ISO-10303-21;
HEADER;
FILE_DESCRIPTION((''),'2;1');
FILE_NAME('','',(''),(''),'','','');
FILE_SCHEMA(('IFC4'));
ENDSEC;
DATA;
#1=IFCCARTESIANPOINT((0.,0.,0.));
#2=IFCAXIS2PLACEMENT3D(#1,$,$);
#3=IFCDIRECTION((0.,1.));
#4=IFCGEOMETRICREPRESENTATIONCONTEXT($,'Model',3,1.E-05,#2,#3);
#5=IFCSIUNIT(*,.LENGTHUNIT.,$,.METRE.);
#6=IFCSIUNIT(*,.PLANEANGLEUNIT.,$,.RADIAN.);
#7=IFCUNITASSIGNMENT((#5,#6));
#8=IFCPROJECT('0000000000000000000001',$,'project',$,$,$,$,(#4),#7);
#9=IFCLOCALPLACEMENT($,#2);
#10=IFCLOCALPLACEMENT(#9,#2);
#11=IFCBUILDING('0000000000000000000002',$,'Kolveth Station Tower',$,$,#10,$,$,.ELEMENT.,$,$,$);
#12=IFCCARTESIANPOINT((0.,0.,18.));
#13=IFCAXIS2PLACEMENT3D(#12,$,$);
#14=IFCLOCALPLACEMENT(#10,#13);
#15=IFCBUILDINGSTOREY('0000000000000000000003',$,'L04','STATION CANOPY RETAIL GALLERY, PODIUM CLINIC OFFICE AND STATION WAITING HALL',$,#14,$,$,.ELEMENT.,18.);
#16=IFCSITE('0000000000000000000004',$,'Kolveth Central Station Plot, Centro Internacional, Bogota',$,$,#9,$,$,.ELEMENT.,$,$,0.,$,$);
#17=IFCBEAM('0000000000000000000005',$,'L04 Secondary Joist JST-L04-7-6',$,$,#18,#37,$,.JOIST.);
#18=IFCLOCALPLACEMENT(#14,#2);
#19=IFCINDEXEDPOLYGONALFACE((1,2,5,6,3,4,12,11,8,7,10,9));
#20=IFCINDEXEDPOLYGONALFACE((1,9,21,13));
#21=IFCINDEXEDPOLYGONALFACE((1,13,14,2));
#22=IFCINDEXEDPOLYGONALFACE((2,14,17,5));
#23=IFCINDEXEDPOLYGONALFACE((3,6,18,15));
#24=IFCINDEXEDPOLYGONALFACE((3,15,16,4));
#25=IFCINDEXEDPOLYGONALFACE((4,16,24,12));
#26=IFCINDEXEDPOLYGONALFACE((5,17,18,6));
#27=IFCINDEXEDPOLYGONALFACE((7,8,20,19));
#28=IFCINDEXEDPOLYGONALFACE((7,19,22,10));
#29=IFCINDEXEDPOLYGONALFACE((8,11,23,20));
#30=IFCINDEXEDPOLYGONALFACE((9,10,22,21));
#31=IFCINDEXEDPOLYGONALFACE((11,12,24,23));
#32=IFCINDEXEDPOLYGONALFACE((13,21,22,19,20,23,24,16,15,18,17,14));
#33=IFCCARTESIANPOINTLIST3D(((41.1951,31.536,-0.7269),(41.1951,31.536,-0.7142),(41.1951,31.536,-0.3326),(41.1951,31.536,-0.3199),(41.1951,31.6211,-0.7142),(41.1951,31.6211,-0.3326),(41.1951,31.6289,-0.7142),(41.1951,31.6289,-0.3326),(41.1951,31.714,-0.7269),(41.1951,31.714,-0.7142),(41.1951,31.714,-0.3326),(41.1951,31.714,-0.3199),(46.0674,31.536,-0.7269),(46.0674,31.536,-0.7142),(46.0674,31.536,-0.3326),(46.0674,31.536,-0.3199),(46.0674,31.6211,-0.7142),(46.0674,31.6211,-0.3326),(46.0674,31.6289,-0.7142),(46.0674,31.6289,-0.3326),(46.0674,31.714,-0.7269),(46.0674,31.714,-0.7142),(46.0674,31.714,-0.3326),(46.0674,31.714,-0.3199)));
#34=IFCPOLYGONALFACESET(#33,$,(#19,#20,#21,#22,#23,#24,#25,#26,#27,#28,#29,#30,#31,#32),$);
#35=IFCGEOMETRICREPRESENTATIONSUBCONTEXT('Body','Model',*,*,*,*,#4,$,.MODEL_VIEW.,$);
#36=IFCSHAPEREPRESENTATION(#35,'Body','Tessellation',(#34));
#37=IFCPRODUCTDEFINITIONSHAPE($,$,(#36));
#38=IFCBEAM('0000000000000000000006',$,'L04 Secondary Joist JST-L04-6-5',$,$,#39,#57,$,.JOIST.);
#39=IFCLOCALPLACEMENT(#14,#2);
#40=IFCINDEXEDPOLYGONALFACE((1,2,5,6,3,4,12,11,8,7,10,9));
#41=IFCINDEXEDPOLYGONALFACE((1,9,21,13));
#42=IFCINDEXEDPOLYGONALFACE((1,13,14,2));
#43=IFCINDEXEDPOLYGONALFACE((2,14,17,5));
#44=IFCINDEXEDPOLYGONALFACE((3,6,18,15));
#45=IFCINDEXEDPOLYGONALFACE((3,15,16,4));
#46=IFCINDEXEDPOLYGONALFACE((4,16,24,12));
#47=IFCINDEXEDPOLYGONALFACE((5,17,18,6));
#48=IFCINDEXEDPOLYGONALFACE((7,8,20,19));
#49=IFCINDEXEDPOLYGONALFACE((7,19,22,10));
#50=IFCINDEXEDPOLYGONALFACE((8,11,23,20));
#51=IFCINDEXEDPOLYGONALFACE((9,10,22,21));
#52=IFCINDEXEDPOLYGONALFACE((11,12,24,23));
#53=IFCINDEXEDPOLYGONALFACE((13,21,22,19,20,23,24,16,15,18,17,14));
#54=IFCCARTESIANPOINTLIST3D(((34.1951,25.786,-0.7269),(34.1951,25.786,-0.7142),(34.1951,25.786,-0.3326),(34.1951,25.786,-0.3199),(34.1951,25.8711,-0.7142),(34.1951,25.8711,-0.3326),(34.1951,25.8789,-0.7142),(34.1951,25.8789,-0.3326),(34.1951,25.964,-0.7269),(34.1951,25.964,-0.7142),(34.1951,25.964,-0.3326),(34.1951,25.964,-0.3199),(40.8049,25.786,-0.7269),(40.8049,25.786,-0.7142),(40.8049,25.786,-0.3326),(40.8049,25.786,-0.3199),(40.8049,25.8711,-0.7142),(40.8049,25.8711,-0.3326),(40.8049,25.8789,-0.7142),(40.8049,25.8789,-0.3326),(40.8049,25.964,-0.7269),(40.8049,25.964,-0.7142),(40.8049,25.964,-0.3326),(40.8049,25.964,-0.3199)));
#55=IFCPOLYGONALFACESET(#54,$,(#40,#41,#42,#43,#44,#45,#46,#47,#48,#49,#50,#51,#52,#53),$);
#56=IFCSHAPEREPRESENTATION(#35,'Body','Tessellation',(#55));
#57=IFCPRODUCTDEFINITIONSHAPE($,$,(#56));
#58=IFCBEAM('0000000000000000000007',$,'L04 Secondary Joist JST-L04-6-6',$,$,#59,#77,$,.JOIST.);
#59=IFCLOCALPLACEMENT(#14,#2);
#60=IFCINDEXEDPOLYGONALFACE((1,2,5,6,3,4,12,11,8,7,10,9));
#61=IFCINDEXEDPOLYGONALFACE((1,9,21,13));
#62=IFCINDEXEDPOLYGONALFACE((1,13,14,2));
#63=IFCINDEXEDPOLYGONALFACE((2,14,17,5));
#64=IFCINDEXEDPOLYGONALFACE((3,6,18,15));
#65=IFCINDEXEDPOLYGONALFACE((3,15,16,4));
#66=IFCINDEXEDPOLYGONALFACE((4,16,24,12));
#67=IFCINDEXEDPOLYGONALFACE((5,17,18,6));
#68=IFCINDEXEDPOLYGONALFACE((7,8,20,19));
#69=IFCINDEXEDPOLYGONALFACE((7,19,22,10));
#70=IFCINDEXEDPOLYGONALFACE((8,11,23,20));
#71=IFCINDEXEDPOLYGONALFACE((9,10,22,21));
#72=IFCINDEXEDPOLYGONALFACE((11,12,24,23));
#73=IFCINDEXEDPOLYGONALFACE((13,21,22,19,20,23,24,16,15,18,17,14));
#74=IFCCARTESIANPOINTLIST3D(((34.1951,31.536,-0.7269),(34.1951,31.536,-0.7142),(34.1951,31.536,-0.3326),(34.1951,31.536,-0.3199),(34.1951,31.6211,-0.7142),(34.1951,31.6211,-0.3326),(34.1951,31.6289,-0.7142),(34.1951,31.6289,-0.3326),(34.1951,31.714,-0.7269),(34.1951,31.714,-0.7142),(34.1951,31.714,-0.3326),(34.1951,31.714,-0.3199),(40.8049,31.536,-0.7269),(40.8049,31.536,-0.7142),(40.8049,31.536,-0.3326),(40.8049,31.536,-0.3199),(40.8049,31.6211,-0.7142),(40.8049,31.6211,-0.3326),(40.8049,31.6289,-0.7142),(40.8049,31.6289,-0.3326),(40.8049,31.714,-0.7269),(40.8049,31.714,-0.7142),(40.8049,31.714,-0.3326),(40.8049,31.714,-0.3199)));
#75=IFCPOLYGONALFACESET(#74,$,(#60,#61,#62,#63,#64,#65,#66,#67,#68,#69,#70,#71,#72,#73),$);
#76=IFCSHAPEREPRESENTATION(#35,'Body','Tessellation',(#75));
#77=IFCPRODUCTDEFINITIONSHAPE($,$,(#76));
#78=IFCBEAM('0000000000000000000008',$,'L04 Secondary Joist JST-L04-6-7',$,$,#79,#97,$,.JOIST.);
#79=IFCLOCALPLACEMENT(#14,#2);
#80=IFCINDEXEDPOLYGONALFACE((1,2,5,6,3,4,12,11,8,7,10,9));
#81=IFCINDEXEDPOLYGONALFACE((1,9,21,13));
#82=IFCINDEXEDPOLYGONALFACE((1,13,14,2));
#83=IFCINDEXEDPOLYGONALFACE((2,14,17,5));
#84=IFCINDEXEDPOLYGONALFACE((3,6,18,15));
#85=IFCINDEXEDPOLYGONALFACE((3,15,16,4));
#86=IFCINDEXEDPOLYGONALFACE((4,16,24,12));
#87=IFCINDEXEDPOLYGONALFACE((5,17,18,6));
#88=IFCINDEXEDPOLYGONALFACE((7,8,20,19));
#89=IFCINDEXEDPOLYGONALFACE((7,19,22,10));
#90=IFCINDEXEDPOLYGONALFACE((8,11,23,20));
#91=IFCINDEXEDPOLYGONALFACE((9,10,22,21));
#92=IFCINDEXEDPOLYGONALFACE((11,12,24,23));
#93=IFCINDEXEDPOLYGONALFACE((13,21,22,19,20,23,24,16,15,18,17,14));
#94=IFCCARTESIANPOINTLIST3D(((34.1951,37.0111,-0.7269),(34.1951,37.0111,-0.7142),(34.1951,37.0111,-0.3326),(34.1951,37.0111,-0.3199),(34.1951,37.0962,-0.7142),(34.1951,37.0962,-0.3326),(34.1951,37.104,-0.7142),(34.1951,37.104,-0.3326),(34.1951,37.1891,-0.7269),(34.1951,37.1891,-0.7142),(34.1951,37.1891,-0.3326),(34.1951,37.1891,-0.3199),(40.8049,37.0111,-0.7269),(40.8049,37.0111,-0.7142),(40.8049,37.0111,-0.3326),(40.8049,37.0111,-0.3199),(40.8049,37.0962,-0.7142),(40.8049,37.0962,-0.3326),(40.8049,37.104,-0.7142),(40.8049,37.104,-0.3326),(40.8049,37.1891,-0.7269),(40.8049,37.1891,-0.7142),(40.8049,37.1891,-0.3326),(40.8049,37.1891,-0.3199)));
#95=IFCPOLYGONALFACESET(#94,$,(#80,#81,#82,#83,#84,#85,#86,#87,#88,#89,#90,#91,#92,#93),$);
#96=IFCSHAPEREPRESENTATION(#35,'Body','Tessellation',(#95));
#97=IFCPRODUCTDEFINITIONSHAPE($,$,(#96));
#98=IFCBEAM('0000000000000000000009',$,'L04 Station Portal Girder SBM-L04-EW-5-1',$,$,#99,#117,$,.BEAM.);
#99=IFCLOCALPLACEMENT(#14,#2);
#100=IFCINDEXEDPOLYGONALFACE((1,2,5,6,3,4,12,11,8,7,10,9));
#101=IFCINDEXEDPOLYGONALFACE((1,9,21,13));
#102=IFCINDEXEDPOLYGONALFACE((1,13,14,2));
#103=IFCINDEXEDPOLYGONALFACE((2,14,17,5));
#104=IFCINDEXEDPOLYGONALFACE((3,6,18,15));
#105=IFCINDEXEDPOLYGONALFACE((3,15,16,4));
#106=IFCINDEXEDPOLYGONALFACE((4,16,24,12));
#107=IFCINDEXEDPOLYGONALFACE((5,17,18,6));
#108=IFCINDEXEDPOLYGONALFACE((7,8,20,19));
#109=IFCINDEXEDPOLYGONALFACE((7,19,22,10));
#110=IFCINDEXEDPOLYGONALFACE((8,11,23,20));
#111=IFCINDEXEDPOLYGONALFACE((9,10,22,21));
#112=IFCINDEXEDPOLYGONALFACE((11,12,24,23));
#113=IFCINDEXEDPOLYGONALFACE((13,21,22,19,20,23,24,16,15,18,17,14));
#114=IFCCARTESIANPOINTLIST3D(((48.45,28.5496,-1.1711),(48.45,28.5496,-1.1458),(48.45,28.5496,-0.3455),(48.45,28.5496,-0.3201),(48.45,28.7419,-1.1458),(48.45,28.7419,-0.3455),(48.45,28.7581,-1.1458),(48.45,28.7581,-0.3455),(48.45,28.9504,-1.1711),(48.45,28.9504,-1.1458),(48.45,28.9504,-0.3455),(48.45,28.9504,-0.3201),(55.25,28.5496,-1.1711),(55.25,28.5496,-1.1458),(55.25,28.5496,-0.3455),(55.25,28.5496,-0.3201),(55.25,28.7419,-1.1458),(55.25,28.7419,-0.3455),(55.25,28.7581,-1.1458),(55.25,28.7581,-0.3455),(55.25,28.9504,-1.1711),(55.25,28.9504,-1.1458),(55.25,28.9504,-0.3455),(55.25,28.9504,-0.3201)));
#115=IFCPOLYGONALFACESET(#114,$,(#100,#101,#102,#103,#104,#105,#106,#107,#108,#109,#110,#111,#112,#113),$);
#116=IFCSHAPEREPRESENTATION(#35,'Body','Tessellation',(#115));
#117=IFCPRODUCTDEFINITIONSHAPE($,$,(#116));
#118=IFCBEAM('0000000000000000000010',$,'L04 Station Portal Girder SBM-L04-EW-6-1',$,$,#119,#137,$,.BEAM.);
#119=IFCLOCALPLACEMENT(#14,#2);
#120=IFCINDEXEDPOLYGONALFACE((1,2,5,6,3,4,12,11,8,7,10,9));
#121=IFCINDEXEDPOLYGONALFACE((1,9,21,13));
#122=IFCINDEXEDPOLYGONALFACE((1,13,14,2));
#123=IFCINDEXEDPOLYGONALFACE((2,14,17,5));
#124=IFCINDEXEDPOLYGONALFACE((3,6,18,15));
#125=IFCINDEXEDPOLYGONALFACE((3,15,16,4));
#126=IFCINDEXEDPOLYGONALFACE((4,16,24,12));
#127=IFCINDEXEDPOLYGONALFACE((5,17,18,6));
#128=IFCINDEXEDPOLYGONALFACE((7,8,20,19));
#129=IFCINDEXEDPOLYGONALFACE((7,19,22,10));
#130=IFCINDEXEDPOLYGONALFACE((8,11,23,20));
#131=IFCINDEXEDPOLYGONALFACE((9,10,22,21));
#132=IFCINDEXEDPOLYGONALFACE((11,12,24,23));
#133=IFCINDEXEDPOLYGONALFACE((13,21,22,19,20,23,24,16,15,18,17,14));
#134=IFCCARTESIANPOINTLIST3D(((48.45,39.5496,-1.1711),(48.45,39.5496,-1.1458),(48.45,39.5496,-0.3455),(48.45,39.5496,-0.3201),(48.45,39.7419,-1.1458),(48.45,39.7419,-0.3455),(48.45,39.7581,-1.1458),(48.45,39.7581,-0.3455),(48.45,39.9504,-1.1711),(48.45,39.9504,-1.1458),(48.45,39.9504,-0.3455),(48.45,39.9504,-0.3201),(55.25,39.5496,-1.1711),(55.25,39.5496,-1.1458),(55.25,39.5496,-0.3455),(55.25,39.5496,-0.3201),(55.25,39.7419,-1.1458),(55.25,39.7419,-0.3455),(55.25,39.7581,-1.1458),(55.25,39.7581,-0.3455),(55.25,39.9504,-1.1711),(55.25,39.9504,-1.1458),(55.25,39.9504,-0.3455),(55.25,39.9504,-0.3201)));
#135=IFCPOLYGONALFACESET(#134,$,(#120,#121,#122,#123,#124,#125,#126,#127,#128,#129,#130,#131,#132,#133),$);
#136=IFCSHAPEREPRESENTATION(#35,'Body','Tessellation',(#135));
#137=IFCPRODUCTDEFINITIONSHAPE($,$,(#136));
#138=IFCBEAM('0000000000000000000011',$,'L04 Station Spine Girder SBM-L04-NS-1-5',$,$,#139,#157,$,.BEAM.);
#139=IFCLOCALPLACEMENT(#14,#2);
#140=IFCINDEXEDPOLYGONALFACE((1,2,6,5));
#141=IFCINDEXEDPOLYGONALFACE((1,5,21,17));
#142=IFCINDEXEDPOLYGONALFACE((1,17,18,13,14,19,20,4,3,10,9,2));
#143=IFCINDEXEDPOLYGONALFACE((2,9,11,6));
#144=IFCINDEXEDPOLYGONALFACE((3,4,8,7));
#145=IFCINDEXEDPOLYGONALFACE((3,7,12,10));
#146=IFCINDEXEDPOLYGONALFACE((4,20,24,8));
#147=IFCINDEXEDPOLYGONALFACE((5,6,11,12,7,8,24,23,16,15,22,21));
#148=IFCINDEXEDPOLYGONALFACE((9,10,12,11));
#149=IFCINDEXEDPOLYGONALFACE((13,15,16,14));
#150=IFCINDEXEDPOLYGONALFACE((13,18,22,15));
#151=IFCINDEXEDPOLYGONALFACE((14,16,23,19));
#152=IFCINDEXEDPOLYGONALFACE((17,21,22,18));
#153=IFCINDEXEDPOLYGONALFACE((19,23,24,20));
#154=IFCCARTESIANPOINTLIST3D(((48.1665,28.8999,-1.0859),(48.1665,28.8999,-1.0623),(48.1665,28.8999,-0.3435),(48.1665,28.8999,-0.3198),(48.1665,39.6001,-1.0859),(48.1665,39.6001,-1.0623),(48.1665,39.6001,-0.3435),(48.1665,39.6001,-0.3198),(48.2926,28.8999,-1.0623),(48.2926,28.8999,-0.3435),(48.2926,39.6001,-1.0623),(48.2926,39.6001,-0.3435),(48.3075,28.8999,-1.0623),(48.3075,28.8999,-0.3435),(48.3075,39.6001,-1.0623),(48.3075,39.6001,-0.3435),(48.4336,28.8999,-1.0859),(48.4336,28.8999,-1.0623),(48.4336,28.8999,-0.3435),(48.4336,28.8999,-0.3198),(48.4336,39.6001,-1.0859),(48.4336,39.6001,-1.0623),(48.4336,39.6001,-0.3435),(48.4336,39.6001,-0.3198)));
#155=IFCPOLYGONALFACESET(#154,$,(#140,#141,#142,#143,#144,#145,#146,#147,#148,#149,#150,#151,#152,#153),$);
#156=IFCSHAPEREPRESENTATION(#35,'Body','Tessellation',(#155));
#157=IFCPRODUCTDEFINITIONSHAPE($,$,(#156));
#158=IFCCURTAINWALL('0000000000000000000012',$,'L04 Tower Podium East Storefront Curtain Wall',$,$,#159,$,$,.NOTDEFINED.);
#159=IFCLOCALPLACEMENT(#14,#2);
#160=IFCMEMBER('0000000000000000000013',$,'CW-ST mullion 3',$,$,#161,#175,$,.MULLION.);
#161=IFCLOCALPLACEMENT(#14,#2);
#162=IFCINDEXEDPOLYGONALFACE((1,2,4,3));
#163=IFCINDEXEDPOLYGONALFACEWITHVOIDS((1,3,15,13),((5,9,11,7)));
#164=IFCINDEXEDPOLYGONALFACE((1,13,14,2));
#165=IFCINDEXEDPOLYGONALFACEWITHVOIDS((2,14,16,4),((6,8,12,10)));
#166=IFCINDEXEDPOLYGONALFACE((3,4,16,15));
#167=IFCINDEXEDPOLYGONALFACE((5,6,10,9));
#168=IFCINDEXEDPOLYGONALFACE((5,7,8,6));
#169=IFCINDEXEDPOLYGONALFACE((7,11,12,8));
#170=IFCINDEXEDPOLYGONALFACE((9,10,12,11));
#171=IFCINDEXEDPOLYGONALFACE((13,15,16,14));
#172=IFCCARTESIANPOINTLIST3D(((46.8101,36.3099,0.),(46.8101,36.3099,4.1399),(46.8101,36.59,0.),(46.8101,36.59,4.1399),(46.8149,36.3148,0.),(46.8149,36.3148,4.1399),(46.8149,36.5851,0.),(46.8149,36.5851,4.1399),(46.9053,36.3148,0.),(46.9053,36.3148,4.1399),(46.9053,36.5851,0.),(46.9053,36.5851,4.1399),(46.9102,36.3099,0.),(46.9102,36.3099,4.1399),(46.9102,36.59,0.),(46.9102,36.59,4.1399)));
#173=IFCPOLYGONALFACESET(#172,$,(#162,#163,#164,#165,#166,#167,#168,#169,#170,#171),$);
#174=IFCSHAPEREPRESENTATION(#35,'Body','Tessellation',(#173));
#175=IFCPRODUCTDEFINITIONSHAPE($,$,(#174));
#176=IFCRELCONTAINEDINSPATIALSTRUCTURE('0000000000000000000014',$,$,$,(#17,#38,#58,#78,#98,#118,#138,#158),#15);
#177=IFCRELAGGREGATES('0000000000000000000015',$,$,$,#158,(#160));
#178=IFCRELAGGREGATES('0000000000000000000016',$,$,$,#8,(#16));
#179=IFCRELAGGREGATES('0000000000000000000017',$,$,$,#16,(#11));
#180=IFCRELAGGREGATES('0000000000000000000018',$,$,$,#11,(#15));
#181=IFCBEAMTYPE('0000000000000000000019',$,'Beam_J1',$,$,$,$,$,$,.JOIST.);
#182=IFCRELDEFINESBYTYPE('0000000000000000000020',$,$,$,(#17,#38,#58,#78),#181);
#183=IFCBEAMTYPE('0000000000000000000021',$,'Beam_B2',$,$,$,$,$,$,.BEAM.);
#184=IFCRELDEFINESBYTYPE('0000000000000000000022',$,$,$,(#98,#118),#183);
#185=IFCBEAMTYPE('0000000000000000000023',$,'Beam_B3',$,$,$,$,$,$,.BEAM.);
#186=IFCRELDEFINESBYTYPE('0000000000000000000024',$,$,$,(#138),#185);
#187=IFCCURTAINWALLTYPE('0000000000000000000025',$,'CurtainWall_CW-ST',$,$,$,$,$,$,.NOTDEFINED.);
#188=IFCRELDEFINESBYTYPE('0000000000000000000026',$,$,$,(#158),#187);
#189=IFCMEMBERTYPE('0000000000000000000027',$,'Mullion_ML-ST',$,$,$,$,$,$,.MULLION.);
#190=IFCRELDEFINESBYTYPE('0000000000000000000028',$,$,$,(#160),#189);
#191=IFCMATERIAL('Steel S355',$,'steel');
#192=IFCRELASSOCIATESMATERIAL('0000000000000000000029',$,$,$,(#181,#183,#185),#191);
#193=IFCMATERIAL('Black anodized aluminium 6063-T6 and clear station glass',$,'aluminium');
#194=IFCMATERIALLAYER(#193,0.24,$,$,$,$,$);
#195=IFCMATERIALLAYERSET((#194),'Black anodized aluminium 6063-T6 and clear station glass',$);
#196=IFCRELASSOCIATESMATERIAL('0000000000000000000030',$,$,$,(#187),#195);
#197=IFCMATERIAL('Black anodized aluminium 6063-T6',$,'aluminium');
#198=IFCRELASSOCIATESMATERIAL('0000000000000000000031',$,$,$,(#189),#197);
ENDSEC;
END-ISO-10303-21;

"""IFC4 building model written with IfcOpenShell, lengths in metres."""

from ifc_helpers import new_model, si_unit, direction, frame, origin, origin_2d, place, context, subcontext, project, spatial, hollow_rectangle, i_section, extrude, source, transform, mapped, material, layer, layer_set, material_profile, profile_set, type_object, element, aggregate, save


model = new_model("IFC4")

# Units and contexts
model_context = context("Model", 3, precision=1e-05, world=origin(), true_north=direction((0.0, 1.0)))
body_context = subcontext(model_context, "Body", "Model", "MODEL_VIEW")
ifc_project = project(units=[si_unit("LENGTHUNIT", "METRE"), si_unit("PLANEANGLEUNIT", "RADIAN")], contexts=[model_context])

# Site, building, storey
site_placement = place(None, origin())
site = spatial("IfcSite", under=ifc_project, at=site_placement, Name="Kolveth Central Station Plot, Centro Internacional, Bogota", CompositionType="ELEMENT", RefElevation=0.0)
building_placement = place(site_placement, origin())
building = spatial("IfcBuilding", under=site, at=building_placement, Name="Kolveth Station Tower", CompositionType="ELEMENT")
storey_placement = place(building_placement, frame((0.0, 0.0, 18.0)))
storey = spatial("IfcBuildingStorey", under=building, at=storey_placement, Name="L04", Description="STATION CANOPY RETAIL GALLERY, PODIUM CLINIC OFFICE AND STATION WAITING HALL", CompositionType="ELEMENT", Elevation=18.0)

# Shared definitions
ifc_material_1 = material(Name="Steel S355", Category="steel")

# Beams
ifc_material_profile_1 = material_profile(ifc_material_1, i_section(OverallWidth=0.178, OverallDepth=0.407, WebThickness=0.0078, FlangeThickness=0.0127, at=origin_2d()), Name="W410x60")
ifc_profile_set_1 = profile_set([ifc_material_profile_1], Name="Steel S355")
beam_type_1 = type_object("IfcBeamType", Name="Beam_J1", PredefinedType="JOIST", material=ifc_profile_set_1)
shared_shape_1 = source(origin(), body_context, "Body", "SweptSolid", [
    extrude(i_section(OverallWidth=0.178, OverallDepth=0.407, WebThickness=0.0078, FlangeThickness=0.0127, at=origin_2d()), origin(), (0.0, 0.0, 1.0), 4.8723),
])
for number, where, z_axis, x_axis, name in (
    (1, (41.1951, 31.625, -0.5234), (1.0, 0.0, 0.0), (0.0, 1.0, 0.0), "L04 Secondary Joist JST-L04-7-6"),
):
    element("IfcBeam", number, at=place(storey_placement, frame(where, z_axis=z_axis, x_axis=x_axis)), inside=storey, type_object=beam_type_1, Name=name, PredefinedType="JOIST", context=body_context, shape_type="MappedRepresentation", body=[
        mapped(shared_shape_1, transform((0.0, 0.0, 0.0), x_axis=(1.0, 0.0, 0.0), y_axis=(0.0, 1.0, 0.0), z_axis=(0.0, 0.0, 1.0), scale=1.0)),
    ])
shared_shape_2 = source(origin(), body_context, "Body", "SweptSolid", [
    extrude(i_section(OverallWidth=0.178, OverallDepth=0.407, WebThickness=0.0078, FlangeThickness=0.0127, at=origin_2d()), origin(), (0.0, 0.0, 1.0), 6.6099),
])
for number, where, z_axis, x_axis, name in (
    (2, (34.1951, 25.875, -0.5234), (1.0, 0.0, 0.0), (0.0, 1.0, 0.0), "L04 Secondary Joist JST-L04-6-5"),
    (3, (34.1951, 31.625, -0.5234), (1.0, 0.0, 0.0), (0.0, 1.0, 0.0), "L04 Secondary Joist JST-L04-6-6"),
    (4, (34.1951, 37.1001, -0.5234), (1.0, 0.0, 0.0), (0.0, 1.0, 0.0), "L04 Secondary Joist JST-L04-6-7"),
):
    element("IfcBeam", number, at=place(storey_placement, frame(where, z_axis=z_axis, x_axis=x_axis)), inside=storey, type_object=beam_type_1, Name=name, PredefinedType="JOIST", context=body_context, shape_type="MappedRepresentation", body=[
        mapped(shared_shape_2, transform((0.0, 0.0, 0.0), x_axis=(1.0, 0.0, 0.0), y_axis=(0.0, 1.0, 0.0), z_axis=(0.0, 0.0, 1.0), scale=1.0)),
    ])
ifc_material_profile_2 = material_profile(ifc_material_1, i_section(OverallWidth=0.4009, OverallDepth=0.8511, WebThickness=0.0161, FlangeThickness=0.0254, at=origin_2d()), Name="W840x226")
ifc_profile_set_2 = profile_set([ifc_material_profile_2], Name="Steel S355")
beam_type_2 = type_object("IfcBeamType", Name="Beam_B2", PredefinedType="BEAM", material=ifc_profile_set_2)
shared_shape_3 = source(origin(), body_context, "Body", "SweptSolid", [
    extrude(i_section(OverallWidth=0.4009, OverallDepth=0.8511, WebThickness=0.0161, FlangeThickness=0.0254, at=origin_2d()), origin(), (0.0, 0.0, 1.0), 6.8),
])
for number, where, z_axis, x_axis, name in (
    (5, (48.45, 28.75, -0.7456), (1.0, 0.0, 0.0), (0.0, 1.0, 0.0), "L04 Station Portal Girder SBM-L04-EW-5-1"),
    (6, (48.45, 39.75, -0.7456), (1.0, 0.0, 0.0), (0.0, 1.0, 0.0), "L04 Station Portal Girder SBM-L04-EW-6-1"),
):
    element("IfcBeam", number, at=place(storey_placement, frame(where, z_axis=z_axis, x_axis=x_axis)), inside=storey, type_object=beam_type_2, Name=name, PredefinedType="BEAM", context=body_context, shape_type="MappedRepresentation", body=[
        mapped(shared_shape_3, transform((0.0, 0.0, 0.0), x_axis=(1.0, 0.0, 0.0), y_axis=(0.0, 1.0, 0.0), z_axis=(0.0, 0.0, 1.0), scale=1.0)),
    ])
ifc_material_profile_3 = material_profile(ifc_material_1, i_section(OverallWidth=0.2671, OverallDepth=0.7661, WebThickness=0.0149, FlangeThickness=0.0237, at=origin_2d()), Name="W760x185")
ifc_profile_set_3 = profile_set([ifc_material_profile_3], Name="Steel S355")
beam_type_3 = type_object("IfcBeamType", Name="Beam_B3", PredefinedType="BEAM", material=ifc_profile_set_3)
shared_shape_4 = source(origin(), body_context, "Body", "SweptSolid", [
    extrude(i_section(OverallWidth=0.2671, OverallDepth=0.7661, WebThickness=0.0149, FlangeThickness=0.0237, at=origin_2d()), origin(), (0.0, 0.0, 1.0), 10.7002),
])
beam_1_placement = place(storey_placement, frame((48.3, 28.8999, -0.7029), z_axis=(0.0, 1.0, 0.0), x_axis=(-1.0, 0.0, 0.0)))
element("IfcBeam", 7, at=beam_1_placement, inside=storey, type_object=beam_type_3, Name="L04 Station Spine Girder SBM-L04-NS-1-5", PredefinedType="BEAM", context=body_context, shape_type="MappedRepresentation", body=[
    mapped(shared_shape_4, transform((0.0, 0.0, 0.0), x_axis=(1.0, 0.0, 0.0), y_axis=(0.0, 1.0, 0.0), z_axis=(0.0, 0.0, 1.0), scale=1.0)),
])

# Curtain wall, member
ifc_material_2 = material(Name="Black anodized aluminium 6063-T6 and clear station glass", Category="aluminium")
ifc_layer_1 = layer(ifc_material_2, 0.24)
ifc_layer_set_1 = layer_set([ifc_layer_1], Name="Black anodized aluminium 6063-T6 and clear station glass")
curtain_wall_type = type_object("IfcCurtainWallType", Name="CurtainWall_CW-ST", PredefinedType="NOTDEFINED", material=ifc_layer_set_1)
curtain_wall_placement = place(storey_placement, origin())
curtain_wall = element("IfcCurtainWall", 8, at=curtain_wall_placement, inside=storey, type_object=curtain_wall_type, Name="L04 Tower Podium East Storefront Curtain Wall", PredefinedType="NOTDEFINED")
ifc_material_3 = material(Name="Black anodized aluminium 6063-T6", Category="aluminium")
ifc_material_profile_4 = material_profile(ifc_material_3, hollow_rectangle(XDim=0.1001, YDim=0.28, WallThickness=0.0049, at=origin_2d()), Name="ALU-100x280x5")
ifc_profile_set_4 = profile_set([ifc_material_profile_4], Name="Black anodized aluminium 6063-T6")
member_type = type_object("IfcMemberType", Name="Mullion_ML-ST", PredefinedType="MULLION", material=ifc_profile_set_4)
shared_shape_5 = source(origin(), body_context, "Body", "SweptSolid", [
    extrude(hollow_rectangle(XDim=0.1001, YDim=0.28, WallThickness=0.0049, at=origin_2d()), origin(), (0.0, 0.0, 1.0), 4.1399),
])
member_placement = place(storey_placement, frame((46.8601, 36.45, 0.0), z_axis=(0.0, 0.0, 1.0), x_axis=(-1.0, 0.0, 0.0)))
member = element("IfcMember", 9, at=member_placement, type_object=member_type, Name="CW-ST mullion 3", PredefinedType="MULLION", context=body_context, shape_type="MappedRepresentation", body=[
    mapped(shared_shape_5, transform((0.0, 0.0, 0.0), x_axis=(1.0, 0.0, 0.0), y_axis=(0.0, 1.0, 0.0), z_axis=(0.0, 0.0, 1.0), scale=1.0)),
])
aggregate(curtain_wall, [member])

save(model, "model.ifc")
